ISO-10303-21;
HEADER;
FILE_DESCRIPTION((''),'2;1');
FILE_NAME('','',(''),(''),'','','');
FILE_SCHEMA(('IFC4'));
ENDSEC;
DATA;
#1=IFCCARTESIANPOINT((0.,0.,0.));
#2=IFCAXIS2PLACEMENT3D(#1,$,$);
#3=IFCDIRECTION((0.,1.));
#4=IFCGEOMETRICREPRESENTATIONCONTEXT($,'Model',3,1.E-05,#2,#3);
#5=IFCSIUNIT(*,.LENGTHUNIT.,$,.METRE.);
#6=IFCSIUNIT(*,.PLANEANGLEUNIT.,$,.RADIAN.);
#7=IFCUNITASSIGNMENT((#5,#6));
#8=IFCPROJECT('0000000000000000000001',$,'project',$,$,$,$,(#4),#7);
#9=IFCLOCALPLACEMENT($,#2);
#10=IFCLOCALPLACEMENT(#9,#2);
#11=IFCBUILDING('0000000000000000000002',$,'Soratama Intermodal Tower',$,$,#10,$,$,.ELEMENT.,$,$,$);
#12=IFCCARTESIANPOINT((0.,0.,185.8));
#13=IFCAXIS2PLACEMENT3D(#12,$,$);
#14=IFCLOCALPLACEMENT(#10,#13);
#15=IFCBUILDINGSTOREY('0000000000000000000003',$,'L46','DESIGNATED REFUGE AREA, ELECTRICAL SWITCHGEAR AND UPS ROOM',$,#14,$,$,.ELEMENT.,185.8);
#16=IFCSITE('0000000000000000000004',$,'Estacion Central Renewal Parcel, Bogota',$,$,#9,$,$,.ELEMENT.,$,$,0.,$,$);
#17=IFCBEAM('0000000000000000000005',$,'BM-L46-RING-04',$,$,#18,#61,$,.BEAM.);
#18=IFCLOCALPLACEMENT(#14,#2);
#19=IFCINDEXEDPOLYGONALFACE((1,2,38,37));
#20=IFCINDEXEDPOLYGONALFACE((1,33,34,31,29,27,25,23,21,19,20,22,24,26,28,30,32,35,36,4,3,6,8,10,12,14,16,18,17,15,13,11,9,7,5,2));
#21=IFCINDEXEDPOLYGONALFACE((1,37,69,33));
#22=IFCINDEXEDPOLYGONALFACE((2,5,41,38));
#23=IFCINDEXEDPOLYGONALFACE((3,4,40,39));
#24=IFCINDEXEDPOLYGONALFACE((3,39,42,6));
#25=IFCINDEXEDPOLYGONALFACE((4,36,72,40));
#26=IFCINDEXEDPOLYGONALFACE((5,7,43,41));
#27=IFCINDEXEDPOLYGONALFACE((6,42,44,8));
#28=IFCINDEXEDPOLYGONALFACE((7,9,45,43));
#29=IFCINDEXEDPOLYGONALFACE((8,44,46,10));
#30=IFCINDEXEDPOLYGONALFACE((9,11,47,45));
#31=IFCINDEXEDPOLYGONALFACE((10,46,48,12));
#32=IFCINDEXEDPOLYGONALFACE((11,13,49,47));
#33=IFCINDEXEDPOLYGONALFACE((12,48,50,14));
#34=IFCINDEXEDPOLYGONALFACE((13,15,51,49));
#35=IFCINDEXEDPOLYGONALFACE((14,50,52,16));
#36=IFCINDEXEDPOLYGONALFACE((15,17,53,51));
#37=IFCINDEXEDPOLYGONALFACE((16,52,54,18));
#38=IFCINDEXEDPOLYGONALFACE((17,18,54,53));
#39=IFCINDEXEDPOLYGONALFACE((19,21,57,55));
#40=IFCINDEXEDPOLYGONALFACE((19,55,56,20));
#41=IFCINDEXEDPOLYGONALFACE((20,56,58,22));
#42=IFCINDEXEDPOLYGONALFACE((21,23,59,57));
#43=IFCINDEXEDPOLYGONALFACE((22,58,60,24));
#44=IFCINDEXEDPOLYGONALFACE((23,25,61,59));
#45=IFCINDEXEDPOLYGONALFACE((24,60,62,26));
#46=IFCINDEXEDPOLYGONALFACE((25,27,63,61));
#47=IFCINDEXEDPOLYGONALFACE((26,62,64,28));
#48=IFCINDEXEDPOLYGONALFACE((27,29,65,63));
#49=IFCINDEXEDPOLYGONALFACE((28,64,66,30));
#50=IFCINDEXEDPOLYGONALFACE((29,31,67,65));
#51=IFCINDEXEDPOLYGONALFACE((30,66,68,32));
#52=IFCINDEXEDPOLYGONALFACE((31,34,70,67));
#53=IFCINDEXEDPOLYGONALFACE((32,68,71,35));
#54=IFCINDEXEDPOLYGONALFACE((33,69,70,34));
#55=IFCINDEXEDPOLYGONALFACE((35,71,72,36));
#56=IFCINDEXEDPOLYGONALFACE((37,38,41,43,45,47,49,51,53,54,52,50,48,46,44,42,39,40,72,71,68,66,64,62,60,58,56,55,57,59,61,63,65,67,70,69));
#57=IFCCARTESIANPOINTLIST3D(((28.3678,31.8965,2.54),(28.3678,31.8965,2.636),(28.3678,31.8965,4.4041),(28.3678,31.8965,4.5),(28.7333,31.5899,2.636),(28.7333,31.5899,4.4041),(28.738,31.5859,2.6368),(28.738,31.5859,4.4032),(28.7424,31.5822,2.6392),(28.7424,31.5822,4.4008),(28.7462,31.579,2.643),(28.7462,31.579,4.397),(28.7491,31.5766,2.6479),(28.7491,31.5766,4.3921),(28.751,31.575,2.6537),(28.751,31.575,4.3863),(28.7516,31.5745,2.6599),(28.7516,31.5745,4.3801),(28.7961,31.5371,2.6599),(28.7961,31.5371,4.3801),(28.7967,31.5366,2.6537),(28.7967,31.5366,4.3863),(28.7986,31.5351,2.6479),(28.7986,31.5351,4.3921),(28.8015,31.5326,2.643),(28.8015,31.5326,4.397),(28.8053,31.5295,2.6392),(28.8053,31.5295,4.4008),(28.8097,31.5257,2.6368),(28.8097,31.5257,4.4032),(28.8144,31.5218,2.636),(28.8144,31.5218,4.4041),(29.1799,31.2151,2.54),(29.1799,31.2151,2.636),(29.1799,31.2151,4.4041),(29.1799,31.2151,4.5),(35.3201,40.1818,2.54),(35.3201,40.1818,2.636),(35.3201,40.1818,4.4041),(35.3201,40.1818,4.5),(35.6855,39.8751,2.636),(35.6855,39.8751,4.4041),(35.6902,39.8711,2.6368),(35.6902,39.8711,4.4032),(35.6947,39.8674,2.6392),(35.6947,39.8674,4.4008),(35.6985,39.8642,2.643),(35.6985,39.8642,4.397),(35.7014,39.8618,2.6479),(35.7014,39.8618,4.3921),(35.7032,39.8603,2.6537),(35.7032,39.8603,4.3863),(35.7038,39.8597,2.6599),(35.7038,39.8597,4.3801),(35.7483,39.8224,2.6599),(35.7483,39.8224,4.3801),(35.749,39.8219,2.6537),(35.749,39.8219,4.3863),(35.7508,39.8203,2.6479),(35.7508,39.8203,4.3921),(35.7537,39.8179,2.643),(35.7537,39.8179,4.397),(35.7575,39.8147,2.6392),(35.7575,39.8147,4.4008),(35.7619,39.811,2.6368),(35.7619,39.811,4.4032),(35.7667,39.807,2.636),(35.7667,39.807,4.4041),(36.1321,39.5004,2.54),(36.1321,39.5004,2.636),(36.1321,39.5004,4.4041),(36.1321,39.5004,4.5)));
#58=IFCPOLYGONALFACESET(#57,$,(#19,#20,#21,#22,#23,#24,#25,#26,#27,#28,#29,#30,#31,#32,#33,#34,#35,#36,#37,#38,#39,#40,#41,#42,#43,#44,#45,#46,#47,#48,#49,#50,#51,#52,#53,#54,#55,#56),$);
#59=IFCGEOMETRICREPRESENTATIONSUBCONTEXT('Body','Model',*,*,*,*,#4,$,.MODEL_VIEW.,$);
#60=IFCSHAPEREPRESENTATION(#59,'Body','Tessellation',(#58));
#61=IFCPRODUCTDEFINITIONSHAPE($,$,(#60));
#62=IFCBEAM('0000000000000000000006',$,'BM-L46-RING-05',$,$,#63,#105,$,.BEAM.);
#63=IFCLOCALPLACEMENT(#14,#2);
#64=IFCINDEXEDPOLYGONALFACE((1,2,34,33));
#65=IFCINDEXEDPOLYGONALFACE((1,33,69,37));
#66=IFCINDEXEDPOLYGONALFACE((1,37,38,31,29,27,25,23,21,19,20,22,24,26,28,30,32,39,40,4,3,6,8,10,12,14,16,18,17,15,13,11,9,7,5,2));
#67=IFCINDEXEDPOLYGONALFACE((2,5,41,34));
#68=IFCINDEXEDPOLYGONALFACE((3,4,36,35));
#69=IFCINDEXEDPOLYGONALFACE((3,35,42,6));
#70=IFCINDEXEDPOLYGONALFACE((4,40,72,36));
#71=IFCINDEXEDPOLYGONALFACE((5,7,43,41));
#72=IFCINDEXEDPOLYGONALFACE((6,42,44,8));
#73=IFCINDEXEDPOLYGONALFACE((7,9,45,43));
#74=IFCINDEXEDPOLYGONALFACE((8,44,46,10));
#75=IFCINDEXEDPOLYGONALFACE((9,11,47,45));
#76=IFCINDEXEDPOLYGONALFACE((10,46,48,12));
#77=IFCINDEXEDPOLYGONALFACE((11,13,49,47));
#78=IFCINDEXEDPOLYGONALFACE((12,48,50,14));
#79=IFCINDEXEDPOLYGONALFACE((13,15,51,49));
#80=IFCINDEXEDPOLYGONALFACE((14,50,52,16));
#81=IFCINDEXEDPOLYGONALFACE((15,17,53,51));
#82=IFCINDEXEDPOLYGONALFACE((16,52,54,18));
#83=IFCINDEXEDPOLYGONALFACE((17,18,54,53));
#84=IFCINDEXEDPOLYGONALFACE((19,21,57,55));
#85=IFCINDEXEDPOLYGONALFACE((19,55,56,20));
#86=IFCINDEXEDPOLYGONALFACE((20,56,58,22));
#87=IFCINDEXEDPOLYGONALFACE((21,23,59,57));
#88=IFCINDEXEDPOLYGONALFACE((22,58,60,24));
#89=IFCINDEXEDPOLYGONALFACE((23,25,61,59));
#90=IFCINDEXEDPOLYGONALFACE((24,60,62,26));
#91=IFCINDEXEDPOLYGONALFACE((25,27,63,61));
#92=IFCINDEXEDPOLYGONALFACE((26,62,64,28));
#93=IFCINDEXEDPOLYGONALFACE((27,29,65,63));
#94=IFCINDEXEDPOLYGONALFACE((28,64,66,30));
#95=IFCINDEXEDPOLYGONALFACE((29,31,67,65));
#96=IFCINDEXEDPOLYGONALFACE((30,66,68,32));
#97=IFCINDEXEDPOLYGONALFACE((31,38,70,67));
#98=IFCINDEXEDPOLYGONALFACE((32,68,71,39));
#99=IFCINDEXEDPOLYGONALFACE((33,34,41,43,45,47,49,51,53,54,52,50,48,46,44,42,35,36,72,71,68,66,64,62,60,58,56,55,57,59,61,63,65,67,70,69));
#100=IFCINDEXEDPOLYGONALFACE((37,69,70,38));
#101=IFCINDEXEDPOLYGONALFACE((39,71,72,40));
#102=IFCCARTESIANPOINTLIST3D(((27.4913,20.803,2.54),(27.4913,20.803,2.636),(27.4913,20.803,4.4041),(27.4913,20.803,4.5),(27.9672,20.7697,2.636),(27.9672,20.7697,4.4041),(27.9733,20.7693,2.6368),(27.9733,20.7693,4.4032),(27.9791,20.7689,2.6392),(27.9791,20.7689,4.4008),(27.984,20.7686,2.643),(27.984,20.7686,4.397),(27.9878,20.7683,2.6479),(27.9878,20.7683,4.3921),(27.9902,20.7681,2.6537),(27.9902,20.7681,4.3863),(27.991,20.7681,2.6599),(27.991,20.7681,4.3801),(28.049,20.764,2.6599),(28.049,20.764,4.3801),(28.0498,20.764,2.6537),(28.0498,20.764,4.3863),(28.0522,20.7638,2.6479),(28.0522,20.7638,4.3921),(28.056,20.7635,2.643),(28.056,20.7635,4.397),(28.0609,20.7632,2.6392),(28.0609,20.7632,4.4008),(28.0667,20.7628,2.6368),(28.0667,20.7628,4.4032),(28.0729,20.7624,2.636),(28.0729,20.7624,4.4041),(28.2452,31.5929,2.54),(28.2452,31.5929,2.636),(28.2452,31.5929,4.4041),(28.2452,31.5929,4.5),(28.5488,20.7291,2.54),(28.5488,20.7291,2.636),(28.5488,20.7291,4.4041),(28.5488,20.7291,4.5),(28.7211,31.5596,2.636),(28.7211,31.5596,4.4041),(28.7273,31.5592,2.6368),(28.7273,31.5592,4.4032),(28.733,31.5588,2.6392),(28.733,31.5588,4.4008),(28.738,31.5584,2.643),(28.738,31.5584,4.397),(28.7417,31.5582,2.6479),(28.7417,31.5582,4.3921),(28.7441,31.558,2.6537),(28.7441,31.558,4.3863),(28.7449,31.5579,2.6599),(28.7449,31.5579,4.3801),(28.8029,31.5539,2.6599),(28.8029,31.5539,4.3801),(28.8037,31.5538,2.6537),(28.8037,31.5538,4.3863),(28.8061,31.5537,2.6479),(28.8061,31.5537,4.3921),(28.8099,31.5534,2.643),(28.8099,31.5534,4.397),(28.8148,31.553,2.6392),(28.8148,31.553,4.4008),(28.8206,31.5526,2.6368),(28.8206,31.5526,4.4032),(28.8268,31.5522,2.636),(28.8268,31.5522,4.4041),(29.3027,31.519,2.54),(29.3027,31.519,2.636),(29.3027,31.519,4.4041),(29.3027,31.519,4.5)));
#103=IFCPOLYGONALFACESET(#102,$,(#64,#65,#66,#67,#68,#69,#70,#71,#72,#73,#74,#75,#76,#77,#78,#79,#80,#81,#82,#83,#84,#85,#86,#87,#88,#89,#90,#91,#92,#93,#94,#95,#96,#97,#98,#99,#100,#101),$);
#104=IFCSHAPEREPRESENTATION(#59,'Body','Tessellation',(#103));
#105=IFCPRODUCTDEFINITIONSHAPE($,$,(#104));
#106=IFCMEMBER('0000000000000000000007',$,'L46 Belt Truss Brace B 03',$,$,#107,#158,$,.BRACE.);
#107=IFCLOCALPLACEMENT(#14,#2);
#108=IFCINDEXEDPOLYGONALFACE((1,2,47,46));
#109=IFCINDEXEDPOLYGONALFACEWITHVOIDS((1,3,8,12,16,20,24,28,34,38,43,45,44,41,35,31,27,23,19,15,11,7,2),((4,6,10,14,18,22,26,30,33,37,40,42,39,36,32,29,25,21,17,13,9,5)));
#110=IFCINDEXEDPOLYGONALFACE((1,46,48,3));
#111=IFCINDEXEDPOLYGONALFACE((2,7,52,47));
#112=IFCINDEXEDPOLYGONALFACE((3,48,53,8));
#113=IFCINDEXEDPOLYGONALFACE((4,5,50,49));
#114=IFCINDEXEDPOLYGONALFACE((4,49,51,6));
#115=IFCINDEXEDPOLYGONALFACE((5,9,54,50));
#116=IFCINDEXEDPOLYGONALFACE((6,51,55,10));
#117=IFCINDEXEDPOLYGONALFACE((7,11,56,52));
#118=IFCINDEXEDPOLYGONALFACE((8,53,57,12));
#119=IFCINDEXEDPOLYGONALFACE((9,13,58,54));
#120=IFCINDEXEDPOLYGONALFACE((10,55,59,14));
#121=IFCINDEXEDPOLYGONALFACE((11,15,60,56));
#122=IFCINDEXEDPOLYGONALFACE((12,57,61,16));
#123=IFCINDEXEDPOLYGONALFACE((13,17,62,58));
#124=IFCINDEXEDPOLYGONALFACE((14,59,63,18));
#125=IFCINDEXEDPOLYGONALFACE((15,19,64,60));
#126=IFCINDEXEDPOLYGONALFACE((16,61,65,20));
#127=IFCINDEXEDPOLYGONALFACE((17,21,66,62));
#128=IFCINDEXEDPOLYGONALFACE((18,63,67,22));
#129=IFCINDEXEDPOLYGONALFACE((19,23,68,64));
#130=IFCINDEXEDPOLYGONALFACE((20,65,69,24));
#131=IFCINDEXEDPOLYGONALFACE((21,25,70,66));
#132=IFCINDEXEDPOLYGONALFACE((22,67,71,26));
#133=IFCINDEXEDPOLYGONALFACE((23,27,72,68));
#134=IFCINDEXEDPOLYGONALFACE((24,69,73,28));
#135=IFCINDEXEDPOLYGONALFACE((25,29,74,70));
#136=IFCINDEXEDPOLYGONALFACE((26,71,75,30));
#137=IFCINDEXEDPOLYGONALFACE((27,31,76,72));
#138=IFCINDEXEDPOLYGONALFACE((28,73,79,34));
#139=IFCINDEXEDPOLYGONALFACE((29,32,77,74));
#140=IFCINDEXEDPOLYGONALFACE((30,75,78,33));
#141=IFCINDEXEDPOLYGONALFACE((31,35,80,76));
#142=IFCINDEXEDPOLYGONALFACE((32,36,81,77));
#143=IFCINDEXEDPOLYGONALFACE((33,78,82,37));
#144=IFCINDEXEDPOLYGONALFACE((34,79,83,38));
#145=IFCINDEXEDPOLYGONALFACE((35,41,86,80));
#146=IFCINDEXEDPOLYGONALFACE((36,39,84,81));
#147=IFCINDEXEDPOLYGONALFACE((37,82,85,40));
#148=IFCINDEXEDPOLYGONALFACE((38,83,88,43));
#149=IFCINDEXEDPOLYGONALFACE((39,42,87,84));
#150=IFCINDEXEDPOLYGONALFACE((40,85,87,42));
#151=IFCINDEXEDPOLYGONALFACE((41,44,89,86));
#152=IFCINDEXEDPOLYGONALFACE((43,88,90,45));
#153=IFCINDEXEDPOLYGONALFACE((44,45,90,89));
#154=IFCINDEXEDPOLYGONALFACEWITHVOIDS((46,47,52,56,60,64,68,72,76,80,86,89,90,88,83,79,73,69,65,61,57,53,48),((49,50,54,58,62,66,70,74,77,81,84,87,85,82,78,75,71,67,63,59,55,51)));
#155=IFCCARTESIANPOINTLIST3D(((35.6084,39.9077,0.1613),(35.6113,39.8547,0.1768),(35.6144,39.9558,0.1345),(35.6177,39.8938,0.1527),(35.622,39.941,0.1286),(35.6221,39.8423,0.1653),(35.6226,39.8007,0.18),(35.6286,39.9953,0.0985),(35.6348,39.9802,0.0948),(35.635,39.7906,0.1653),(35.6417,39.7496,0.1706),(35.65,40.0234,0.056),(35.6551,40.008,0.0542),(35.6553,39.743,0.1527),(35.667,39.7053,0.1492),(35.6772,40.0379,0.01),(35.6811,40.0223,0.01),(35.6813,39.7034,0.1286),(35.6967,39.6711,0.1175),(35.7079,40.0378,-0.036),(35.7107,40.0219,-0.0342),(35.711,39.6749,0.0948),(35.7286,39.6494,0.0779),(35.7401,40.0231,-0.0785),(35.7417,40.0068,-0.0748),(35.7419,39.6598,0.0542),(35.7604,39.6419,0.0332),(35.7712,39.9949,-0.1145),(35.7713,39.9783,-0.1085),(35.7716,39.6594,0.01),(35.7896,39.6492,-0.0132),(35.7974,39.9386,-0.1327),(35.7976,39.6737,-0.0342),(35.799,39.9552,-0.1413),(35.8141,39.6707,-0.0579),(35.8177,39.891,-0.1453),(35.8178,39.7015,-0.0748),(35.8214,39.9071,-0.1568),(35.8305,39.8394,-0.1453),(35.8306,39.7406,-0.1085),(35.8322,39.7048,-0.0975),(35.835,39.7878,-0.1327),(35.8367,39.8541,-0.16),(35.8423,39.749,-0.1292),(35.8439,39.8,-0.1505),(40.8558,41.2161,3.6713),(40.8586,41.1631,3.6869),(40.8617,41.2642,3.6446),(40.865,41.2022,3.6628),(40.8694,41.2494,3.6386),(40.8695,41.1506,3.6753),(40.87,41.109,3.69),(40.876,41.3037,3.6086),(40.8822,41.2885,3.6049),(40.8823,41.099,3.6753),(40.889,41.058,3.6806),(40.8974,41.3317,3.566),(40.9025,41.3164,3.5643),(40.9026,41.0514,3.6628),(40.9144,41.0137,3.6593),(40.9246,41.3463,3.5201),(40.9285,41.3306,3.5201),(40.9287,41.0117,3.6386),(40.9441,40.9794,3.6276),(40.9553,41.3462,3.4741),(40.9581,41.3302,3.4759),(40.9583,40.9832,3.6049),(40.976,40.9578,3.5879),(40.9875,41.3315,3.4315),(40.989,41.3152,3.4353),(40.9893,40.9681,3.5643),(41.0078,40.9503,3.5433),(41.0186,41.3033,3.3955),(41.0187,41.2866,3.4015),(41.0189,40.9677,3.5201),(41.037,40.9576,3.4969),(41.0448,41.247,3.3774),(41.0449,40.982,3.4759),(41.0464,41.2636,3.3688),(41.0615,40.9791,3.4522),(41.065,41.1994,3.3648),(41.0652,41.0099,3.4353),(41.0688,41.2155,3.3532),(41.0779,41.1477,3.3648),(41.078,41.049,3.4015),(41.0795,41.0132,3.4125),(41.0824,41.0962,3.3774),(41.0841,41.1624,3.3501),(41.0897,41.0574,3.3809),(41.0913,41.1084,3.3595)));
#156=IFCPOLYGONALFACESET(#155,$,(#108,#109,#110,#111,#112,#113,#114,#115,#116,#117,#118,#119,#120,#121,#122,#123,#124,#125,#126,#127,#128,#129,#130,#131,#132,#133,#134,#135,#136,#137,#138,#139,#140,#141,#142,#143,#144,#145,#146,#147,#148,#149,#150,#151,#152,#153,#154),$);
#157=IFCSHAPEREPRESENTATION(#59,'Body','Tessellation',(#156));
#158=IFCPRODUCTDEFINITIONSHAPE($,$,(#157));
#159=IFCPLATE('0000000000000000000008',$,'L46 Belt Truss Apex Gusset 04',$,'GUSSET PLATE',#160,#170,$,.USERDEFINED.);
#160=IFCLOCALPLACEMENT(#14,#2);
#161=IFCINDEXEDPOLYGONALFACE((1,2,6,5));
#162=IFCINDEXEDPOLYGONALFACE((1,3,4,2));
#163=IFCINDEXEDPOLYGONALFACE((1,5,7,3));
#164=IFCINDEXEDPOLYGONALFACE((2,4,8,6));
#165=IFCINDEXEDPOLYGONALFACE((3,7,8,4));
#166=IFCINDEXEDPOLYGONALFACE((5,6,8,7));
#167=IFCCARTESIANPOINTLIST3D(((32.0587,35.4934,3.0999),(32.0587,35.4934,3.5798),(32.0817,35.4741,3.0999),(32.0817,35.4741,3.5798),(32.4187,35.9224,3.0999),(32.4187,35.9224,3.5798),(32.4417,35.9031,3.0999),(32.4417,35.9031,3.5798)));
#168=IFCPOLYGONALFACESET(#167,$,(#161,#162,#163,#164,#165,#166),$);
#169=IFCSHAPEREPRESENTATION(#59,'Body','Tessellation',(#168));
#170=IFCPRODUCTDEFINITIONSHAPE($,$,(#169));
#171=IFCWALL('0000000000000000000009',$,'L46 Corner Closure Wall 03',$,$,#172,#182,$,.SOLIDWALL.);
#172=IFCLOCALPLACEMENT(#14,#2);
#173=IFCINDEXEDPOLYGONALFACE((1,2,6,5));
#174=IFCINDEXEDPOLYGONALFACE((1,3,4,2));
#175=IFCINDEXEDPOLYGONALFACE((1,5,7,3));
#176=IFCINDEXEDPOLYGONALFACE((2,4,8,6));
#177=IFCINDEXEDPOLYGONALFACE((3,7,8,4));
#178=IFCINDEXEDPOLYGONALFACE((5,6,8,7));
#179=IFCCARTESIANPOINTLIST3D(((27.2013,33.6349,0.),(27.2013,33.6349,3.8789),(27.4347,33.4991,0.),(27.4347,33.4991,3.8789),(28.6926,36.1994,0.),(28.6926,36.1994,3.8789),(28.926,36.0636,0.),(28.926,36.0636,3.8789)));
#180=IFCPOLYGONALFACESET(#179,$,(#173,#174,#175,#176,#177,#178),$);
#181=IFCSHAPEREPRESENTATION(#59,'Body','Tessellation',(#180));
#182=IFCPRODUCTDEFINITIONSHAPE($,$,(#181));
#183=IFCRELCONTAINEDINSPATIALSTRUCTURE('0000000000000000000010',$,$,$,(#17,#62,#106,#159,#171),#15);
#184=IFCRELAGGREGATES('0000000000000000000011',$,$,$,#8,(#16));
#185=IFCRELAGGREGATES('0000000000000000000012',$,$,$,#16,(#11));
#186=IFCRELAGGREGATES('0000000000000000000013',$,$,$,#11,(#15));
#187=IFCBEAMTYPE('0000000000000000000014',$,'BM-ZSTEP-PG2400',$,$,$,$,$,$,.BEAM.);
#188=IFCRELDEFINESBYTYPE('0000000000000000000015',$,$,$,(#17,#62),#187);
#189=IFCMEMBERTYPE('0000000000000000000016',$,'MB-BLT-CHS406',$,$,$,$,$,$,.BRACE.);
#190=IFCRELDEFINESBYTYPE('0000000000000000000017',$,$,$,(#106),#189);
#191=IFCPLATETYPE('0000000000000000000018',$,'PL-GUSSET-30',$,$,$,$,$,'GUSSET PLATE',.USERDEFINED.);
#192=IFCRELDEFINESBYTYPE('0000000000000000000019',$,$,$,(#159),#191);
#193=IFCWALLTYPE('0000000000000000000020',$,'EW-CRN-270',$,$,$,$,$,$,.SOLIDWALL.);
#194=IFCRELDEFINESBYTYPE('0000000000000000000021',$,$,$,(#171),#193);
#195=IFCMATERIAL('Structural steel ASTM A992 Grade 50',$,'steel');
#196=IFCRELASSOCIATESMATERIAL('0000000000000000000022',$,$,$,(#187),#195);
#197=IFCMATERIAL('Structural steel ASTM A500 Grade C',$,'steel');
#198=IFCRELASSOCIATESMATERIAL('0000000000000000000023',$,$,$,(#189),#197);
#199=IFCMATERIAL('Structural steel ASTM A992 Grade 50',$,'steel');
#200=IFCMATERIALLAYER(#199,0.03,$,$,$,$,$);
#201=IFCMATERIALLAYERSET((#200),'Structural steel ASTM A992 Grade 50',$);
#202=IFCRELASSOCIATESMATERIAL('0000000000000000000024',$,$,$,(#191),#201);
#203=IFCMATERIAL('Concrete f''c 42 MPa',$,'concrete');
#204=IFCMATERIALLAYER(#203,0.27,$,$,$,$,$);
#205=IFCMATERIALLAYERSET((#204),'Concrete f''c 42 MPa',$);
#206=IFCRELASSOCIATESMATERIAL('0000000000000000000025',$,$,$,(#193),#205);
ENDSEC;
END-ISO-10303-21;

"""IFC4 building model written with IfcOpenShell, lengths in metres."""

from ifc_helpers import new_model, si_unit, direction, frame, frame_2d, origin, origin_2d, place, context, subcontext, project, spatial, rectangle, hollow_circle, i_section, extrude, material, layer, layer_set, material_profile, profile_set, type_object, element, save


model = new_model("IFC4")

# Units and contexts
model_context = context("Model", 3, precision=1e-05, world=origin(), true_north=direction((0.0, 1.0)))
body_context = subcontext(model_context, "Body", "Model", "MODEL_VIEW")
ifc_project = project(units=[si_unit("LENGTHUNIT", "METRE"), si_unit("PLANEANGLEUNIT", "RADIAN")], contexts=[model_context])

# Site, building, storey
site_placement = place(None, origin())
site = spatial("IfcSite", under=ifc_project, at=site_placement, Name="Estacion Central Renewal Parcel, Bogota", CompositionType="ELEMENT", RefElevation=0.0)
building_placement = place(site_placement, origin())
building = spatial("IfcBuilding", under=site, at=building_placement, Name="Soratama Intermodal Tower", CompositionType="ELEMENT")
storey_placement = place(building_placement, frame((0.0, 0.0, 185.8)))
storey = spatial("IfcBuildingStorey", under=building, at=storey_placement, Name="L46", Description="DESIGNATED REFUGE AREA, ELECTRICAL SWITCHGEAR AND UPS ROOM", CompositionType="ELEMENT", Elevation=185.8)

# Beams
ifc_material_1 = material(Name="Structural steel ASTM A992 Grade 50", Category="steel")
ifc_material_profile_1 = material_profile(ifc_material_1, i_section(OverallWidth=1.0601, OverallDepth=1.96, WebThickness=0.0581, FlangeThickness=0.0959, FilletRadius=0.0239, at=origin_2d()), Name="PG2400X900")
ifc_profile_set_1 = profile_set([ifc_material_profile_1], Name="Structural steel ASTM A992 Grade 50")
beam_type_1 = type_object("IfcBeamType", Name="BM-ZSTEP-PG2400", PredefinedType="BEAM", material=ifc_profile_set_1)
beam_1_placement = place(storey_placement, frame((35.7261, 39.8411, 3.52), z_axis=(-0.642792, -0.766041, 0.0), x_axis=(0.766041, -0.642792, 0.0)))
element("IfcBeam", 1, at=beam_1_placement, inside=storey, type_object=beam_type_1, Name="BM-L46-RING-04", PredefinedType="BEAM", context=body_context, shape_type="SweptSolid", body=[
    extrude(i_section(OverallWidth=1.0601, OverallDepth=1.96, WebThickness=0.0581, FlangeThickness=0.0959, FilletRadius=0.0239, at=origin_2d()), origin(), (0.0, 0.0, 1.0), 10.8157),
])
beam_2_placement = place(storey_placement, frame((28.7739, 31.5559, 3.52), z_axis=(-0.069702, -0.997568, 0.0), x_axis=(0.997568, -0.069702, 0.0)))
element("IfcBeam", 2, at=beam_2_placement, inside=storey, type_object=beam_type_1, Name="BM-L46-RING-05", PredefinedType="BEAM", context=body_context, shape_type="SweptSolid", body=[
    extrude(i_section(OverallWidth=1.0601, OverallDepth=1.96, WebThickness=0.0581, FlangeThickness=0.0959, FilletRadius=0.0239, at=origin_2d()), origin(), (0.0, 0.0, 1.0), 10.8162),
])

# Member
ifc_material_2 = material(Name="Structural steel ASTM A500 Grade C", Category="steel")
ifc_material_profile_2 = material_profile(ifc_material_2, hollow_circle(Radius=0.2031, WallThickness=0.0161, at=origin_2d()), Name="CHS406X16")
ifc_profile_set_2 = profile_set([ifc_material_profile_2], Name="Structural steel ASTM A500 Grade C")
member_type = type_object("IfcMemberType", Name="MB-BLT-CHS406", PredefinedType="BRACE", material=ifc_profile_set_2)
member_placement = place(storey_placement, frame((35.7263, 39.8408, 0.01), z_axis=(0.813892, 0.202933, 0.544425), x_axis=(-0.24193, 0.970294, 0.0)))
element("IfcMember", 3, at=member_placement, inside=storey, type_object=member_type, Name="L46 Belt Truss Brace B 03", PredefinedType="BRACE", context=body_context, shape_type="SweptSolid", body=[
    extrude(hollow_circle(Radius=0.2031, WallThickness=0.0161, at=origin_2d()), origin(), (0.0, 0.0, 1.0), 6.4473),
])

# Plate
ifc_material_3 = material(Name="Structural steel ASTM A992 Grade 50", Category="steel")
ifc_layer_1 = layer(ifc_material_3, 0.03)
ifc_layer_set_1 = layer_set([ifc_layer_1], Name="Structural steel ASTM A992 Grade 50")
plate_type = type_object("IfcPlateType", Name="PL-GUSSET-30", ElementType="GUSSET PLATE", PredefinedType="USERDEFINED", material=ifc_layer_set_1)
plate_placement = place(storey_placement, frame((32.2502, 35.6982, 3.0999), z_axis=(0.0, 0.0, 1.0), x_axis=(-0.642788, -0.766044, 0.0)))
element("IfcPlate", 4, at=plate_placement, inside=storey, type_object=plate_type, Name="L46 Belt Truss Apex Gusset 04", ObjectType="GUSSET PLATE", PredefinedType="USERDEFINED", context=body_context, shape_type="SweptSolid", body=[
    extrude(rectangle(XDim=0.5601, YDim=0.03, at=origin_2d()), origin(), (0.0, 0.0, 1.0), 0.48),
])

# Wall
ifc_material_4 = material(Name="Concrete f'c 42 MPa", Category="concrete")
ifc_layer_2 = layer(ifc_material_4, 0.27)
ifc_layer_set_2 = layer_set([ifc_layer_2], Name="Concrete f'c 42 MPa")
wall_type_1 = type_object("IfcWallType", Name="EW-CRN-270", PredefinedType="SOLIDWALL", material=ifc_layer_set_2)
wall_1_placement = place(storey_placement, frame((28.8093, 36.1316, 0.0), z_axis=(0.0, 0.0, 1.0), x_axis=(-0.502683, -0.864471, 0.0)))
element("IfcWall", 5, at=wall_1_placement, inside=storey, type_object=wall_type_1, Name="L46 Corner Closure Wall 03", PredefinedType="SOLIDWALL", context=body_context, shape_type="SweptSolid", body=[
    extrude(rectangle(XDim=2.9666, YDim=0.27, at=frame_2d((1.4834, 0.0))), origin(), (0.0, 0.0, 1.0), 3.8789),
])

save(model, "model.ifc")
